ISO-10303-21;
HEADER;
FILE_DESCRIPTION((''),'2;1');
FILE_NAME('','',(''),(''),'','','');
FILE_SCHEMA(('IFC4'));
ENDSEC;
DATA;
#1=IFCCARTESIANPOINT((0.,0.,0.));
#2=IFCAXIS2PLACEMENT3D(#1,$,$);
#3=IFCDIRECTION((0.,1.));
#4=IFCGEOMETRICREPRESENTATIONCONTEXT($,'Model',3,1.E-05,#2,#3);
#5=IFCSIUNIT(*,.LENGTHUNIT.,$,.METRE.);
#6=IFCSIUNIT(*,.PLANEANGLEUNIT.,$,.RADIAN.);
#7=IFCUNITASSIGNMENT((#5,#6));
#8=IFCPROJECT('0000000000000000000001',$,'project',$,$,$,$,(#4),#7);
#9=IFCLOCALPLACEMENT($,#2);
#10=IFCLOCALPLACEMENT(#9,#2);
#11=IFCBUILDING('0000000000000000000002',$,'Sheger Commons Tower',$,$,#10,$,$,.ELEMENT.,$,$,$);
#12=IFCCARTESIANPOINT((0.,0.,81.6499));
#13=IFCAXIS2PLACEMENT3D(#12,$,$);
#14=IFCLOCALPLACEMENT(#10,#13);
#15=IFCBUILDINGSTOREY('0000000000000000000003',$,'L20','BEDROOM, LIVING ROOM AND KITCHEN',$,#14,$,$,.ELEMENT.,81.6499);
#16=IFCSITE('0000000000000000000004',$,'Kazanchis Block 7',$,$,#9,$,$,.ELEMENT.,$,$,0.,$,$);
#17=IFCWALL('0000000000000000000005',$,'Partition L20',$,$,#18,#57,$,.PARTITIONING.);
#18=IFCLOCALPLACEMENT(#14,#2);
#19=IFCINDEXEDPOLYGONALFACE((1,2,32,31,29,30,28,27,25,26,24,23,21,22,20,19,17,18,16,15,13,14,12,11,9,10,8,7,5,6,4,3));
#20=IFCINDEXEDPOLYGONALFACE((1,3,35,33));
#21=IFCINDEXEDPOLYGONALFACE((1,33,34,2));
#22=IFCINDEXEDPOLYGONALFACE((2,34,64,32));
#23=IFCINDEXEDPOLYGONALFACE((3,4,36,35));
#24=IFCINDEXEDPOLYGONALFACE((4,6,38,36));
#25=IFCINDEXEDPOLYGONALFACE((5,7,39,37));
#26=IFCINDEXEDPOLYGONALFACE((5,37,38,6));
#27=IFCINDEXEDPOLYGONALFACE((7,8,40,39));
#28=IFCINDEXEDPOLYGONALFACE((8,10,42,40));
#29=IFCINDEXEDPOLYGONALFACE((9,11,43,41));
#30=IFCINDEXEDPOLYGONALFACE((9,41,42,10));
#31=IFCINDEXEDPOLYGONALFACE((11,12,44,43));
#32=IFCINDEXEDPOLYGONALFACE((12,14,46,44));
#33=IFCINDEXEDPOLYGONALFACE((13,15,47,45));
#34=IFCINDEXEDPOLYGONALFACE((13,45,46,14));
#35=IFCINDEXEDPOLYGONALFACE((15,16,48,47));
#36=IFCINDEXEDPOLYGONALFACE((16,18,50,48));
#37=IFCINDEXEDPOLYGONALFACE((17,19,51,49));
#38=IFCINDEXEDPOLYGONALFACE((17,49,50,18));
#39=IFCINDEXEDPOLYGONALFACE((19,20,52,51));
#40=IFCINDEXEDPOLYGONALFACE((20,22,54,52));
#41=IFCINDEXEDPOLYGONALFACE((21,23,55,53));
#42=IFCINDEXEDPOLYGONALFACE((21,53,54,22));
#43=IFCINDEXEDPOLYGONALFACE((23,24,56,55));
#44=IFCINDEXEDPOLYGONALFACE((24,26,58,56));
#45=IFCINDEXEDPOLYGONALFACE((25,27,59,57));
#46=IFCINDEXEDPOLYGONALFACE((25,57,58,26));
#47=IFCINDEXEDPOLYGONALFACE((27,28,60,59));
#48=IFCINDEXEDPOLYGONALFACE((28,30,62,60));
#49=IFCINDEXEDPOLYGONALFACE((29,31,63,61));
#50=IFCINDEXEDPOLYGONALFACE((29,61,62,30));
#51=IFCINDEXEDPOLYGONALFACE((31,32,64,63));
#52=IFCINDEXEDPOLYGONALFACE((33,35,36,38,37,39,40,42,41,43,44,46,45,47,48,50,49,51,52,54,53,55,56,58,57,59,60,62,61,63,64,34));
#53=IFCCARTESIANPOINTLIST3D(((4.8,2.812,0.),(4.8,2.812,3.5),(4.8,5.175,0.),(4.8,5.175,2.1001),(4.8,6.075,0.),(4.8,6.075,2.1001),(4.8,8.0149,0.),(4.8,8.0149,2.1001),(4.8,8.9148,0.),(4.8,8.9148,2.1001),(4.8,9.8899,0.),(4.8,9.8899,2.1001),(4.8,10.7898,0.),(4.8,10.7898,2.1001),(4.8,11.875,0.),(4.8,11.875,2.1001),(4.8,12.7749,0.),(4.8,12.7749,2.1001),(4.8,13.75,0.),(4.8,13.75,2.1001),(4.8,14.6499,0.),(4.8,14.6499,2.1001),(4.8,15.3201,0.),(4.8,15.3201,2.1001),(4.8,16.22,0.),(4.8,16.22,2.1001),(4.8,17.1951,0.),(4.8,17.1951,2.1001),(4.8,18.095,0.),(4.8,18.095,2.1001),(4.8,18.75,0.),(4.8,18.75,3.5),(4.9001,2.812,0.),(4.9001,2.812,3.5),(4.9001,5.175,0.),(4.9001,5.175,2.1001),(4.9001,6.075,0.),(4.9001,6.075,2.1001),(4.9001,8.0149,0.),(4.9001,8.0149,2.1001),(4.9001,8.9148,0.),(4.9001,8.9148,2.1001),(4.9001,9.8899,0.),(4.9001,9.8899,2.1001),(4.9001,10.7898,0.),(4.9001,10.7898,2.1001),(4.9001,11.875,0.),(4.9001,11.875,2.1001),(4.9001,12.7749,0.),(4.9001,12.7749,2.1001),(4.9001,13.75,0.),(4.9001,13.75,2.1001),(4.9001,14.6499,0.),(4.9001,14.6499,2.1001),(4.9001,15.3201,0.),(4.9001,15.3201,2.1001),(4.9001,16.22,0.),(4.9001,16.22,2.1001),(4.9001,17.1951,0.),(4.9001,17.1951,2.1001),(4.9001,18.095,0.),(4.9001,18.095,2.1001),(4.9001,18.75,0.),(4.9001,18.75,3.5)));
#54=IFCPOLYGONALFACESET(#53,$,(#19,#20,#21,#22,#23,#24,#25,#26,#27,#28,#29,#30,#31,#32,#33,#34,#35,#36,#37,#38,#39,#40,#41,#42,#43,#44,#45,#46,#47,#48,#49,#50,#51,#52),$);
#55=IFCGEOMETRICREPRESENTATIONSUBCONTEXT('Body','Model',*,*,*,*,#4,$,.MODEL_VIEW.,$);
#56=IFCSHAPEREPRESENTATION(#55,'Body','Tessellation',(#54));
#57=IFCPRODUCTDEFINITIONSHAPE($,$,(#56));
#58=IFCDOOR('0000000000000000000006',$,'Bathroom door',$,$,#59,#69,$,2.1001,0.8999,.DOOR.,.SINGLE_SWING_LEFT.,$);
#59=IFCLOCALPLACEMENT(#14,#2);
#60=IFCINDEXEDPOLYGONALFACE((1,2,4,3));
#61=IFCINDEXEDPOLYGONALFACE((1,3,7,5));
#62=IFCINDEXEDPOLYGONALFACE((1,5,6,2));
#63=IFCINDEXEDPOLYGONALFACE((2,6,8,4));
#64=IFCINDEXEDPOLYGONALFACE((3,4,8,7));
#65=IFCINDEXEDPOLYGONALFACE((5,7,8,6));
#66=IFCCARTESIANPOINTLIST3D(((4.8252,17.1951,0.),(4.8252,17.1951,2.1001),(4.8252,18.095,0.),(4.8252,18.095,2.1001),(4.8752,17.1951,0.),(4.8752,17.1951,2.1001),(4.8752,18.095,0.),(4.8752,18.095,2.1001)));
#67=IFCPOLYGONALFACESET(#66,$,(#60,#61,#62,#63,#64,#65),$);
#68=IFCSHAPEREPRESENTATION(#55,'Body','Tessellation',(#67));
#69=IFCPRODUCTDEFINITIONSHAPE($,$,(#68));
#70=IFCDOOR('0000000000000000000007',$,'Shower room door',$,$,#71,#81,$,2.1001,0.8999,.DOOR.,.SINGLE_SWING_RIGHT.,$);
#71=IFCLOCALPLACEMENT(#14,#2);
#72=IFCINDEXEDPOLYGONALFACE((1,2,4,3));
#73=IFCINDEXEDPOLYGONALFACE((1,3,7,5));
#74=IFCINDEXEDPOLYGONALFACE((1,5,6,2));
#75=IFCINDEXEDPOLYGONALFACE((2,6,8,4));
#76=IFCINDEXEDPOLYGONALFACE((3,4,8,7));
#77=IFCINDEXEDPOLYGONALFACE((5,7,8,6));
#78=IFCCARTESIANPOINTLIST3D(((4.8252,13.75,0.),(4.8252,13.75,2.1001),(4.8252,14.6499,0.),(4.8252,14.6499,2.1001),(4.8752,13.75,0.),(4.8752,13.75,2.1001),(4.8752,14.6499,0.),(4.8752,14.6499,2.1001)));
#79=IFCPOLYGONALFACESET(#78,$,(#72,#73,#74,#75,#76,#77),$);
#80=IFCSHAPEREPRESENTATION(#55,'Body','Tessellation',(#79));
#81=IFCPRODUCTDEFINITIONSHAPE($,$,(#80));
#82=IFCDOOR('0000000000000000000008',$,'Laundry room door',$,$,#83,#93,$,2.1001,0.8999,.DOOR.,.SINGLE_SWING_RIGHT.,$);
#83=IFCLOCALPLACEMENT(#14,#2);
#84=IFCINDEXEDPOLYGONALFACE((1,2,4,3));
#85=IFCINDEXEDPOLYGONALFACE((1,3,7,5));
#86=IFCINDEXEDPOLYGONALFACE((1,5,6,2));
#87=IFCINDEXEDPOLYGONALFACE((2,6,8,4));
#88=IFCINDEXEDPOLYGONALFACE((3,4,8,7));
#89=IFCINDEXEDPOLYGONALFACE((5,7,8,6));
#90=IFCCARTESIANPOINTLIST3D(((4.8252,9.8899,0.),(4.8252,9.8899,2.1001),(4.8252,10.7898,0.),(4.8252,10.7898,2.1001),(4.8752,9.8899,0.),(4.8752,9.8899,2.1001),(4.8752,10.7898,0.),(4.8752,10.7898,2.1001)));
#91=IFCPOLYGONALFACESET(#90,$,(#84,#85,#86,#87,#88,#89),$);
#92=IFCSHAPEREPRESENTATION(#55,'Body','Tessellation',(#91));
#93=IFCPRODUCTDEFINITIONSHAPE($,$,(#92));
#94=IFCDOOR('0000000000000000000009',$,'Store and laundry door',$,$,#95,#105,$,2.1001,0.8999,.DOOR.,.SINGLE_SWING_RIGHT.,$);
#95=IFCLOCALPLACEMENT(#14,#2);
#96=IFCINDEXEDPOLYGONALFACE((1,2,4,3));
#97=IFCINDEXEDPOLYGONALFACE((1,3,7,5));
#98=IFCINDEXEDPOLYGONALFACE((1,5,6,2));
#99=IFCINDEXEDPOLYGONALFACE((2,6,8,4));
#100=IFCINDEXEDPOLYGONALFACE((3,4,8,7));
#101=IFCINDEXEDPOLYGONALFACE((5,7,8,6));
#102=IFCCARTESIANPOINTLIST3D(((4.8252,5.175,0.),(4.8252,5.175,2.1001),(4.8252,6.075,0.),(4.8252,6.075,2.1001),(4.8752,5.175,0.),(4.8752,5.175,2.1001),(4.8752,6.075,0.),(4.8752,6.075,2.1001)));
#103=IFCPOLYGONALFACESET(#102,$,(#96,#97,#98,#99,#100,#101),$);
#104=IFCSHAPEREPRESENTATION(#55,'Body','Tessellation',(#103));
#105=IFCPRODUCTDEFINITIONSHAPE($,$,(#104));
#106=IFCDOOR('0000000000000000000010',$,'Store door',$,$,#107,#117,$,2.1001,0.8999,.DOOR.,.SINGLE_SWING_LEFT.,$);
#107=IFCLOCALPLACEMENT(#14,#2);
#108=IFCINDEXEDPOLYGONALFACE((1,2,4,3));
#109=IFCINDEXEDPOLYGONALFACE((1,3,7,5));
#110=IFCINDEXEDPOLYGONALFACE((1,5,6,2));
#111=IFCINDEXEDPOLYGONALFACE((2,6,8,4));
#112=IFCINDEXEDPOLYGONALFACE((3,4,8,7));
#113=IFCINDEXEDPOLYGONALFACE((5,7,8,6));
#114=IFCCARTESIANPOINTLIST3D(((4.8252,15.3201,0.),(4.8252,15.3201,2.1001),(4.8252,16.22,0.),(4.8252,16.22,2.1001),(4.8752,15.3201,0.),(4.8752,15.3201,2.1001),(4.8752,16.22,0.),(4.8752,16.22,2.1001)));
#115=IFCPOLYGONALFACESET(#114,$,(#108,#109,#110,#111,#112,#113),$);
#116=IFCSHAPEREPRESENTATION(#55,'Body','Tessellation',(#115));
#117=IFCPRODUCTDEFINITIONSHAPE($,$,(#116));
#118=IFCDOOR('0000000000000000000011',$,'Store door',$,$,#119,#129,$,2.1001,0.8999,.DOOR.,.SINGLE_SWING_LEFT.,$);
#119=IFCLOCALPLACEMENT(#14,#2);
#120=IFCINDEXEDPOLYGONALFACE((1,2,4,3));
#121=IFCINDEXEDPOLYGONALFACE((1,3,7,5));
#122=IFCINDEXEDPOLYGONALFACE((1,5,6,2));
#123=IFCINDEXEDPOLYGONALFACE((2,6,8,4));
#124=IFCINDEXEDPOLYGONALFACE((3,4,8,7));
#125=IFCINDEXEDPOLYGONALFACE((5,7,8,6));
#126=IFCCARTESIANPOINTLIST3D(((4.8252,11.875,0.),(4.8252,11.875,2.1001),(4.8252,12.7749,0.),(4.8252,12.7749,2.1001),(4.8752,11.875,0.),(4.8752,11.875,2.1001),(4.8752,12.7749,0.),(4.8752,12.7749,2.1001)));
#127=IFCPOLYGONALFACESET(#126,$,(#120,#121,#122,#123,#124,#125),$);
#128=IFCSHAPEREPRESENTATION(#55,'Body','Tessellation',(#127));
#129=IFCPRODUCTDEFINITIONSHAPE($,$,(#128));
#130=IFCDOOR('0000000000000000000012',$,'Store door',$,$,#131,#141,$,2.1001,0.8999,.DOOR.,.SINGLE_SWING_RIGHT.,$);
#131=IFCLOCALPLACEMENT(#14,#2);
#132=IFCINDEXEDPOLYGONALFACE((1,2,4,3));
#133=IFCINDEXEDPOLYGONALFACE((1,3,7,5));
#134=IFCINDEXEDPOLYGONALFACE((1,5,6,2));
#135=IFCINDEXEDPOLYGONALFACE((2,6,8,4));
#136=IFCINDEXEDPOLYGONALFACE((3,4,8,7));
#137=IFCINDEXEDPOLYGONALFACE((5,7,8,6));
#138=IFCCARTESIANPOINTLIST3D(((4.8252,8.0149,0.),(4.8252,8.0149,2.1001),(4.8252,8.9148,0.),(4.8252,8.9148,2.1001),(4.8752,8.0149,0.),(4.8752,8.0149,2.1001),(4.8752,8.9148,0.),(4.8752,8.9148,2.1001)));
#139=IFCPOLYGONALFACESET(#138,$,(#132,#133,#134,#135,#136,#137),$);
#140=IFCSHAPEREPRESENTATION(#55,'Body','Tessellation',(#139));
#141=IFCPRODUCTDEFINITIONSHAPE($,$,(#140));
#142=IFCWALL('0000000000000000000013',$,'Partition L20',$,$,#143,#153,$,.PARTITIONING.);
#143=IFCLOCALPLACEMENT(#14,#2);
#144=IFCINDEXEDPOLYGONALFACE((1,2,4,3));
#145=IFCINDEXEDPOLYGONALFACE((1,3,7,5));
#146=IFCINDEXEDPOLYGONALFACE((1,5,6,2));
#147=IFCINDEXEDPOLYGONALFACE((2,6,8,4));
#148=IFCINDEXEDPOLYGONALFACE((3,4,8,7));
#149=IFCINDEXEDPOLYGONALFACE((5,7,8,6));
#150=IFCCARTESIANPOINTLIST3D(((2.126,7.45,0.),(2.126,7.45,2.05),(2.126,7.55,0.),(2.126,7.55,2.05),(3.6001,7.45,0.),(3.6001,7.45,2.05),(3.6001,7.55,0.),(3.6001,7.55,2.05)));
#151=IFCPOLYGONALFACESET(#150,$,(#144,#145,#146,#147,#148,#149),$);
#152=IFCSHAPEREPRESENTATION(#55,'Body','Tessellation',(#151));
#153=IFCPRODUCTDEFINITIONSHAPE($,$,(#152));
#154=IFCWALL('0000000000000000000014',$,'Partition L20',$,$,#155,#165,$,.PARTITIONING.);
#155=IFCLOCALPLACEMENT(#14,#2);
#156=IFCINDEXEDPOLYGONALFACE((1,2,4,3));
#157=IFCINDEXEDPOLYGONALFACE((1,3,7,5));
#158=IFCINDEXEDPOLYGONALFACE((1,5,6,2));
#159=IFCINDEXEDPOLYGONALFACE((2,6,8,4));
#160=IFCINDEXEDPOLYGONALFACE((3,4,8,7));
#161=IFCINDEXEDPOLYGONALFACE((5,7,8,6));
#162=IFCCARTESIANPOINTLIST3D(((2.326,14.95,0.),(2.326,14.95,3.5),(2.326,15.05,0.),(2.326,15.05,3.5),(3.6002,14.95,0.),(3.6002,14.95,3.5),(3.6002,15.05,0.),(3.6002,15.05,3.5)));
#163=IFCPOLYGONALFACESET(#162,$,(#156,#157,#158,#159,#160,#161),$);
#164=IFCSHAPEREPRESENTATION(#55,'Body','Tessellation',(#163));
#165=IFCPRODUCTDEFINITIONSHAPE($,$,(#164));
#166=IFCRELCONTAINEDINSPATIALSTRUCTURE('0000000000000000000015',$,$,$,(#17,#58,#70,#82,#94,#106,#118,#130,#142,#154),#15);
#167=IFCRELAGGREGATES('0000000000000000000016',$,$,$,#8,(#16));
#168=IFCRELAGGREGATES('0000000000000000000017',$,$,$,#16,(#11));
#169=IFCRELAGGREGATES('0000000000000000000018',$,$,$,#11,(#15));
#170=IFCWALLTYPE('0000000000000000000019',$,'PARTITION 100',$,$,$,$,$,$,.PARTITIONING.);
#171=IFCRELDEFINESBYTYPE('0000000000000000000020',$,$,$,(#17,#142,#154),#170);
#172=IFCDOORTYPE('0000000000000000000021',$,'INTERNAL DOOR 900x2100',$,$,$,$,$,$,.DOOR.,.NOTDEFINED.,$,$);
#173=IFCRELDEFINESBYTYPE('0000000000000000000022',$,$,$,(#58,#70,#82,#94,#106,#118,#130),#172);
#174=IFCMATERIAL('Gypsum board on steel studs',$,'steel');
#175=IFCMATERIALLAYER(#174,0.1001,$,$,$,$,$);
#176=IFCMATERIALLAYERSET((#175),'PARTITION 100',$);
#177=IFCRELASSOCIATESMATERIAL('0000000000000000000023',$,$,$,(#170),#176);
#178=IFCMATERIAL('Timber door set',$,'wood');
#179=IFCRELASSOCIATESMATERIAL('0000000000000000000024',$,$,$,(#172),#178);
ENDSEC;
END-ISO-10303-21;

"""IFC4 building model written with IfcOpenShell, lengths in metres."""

from ifc_helpers import new_model, si_unit, direction, frame, frame_2d, origin, place, context, subcontext, project, spatial, rectangle, extrude, material, layer, layer_set, type_object, element, fill, save


model = new_model("IFC4")

# Units and contexts
model_context = context("Model", 3, precision=1e-05, world=origin(), true_north=direction((0.0, 1.0)))
body_context = subcontext(model_context, "Body", "Model", "MODEL_VIEW")
ifc_project = project(units=[si_unit("LENGTHUNIT", "METRE"), si_unit("PLANEANGLEUNIT", "RADIAN")], contexts=[model_context])

# Site, building, storey
site_placement = place(None, origin())
site = spatial("IfcSite", under=ifc_project, at=site_placement, Name="Kazanchis Block 7", CompositionType="ELEMENT", RefElevation=0.0)
building_placement = place(site_placement, origin())
building = spatial("IfcBuilding", under=site, at=building_placement, Name="Sheger Commons Tower", CompositionType="ELEMENT")
storey_placement = place(building_placement, frame((0.0, 0.0, 81.6499)))
storey = spatial("IfcBuildingStorey", under=building, at=storey_placement, Name="L20", Description="BEDROOM, LIVING ROOM AND KITCHEN", CompositionType="ELEMENT", Elevation=81.6499)

# Wall, openings, doors
ifc_material_1 = material(Name="Gypsum board on steel studs", Category="steel")
ifc_layer = layer(ifc_material_1, 0.1001)
ifc_layer_set = layer_set([ifc_layer], Name="PARTITION 100")
wall_type = type_object("IfcWallType", Name="PARTITION 100", PredefinedType="PARTITIONING", material=ifc_layer_set)
ifc_material_2 = material(Name="Timber door set", Category="wood")
door_type = type_object("IfcDoorType", Name="INTERNAL DOOR 900x2100", OperationType="NOTDEFINED", PredefinedType="DOOR", material=ifc_material_2)
wall_1_placement = place(storey_placement, frame((4.8501, 2.812, 0.0), z_axis=(0.0, 0.0, 1.0), x_axis=(0.0, 1.0, 0.0)))
wall_1 = element("IfcWall", 1, at=wall_1_placement, inside=storey, type_object=wall_type, Name="Partition L20", PredefinedType="PARTITIONING", context=body_context, shape_type="SweptSolid", body=[
    extrude(rectangle(XDim=15.938, YDim=0.1001, at=frame_2d((7.969, 0.0))), origin(), (0.0, 0.0, 1.0), 3.5),
])
opening_1_placement = place(wall_1_placement, frame((14.3831, 0.0, 0.0)))
opening_1 = element("IfcOpeningElement", 2, at=opening_1_placement, cuts=wall_1, PredefinedType="OPENING", context=body_context, shape_type="SweptSolid", body=[
    extrude(rectangle(XDim=0.8999, YDim=2.1001, at=frame_2d((0.45, 1.05))), frame((0.0, 0.0601, 0.0), z_axis=(0.0, -1.0, 0.0), x_axis=(1.0, 0.0, 0.0)), (0.0, 0.0, 1.0), 0.1201),
])
opening_2_placement = place(wall_1_placement, frame((10.938, 0.0, 0.0)))
opening_2 = element("IfcOpeningElement", 3, at=opening_2_placement, cuts=wall_1, PredefinedType="OPENING", context=body_context, shape_type="SweptSolid", body=[
    extrude(rectangle(XDim=0.8999, YDim=2.1001, at=frame_2d((0.45, 1.05))), frame((0.0, 0.0601, 0.0), z_axis=(0.0, -1.0, 0.0), x_axis=(1.0, 0.0, 0.0)), (0.0, 0.0, 1.0), 0.1201),
])
opening_3_placement = place(wall_1_placement, frame((7.0779, 0.0, 0.0)))
opening_3 = element("IfcOpeningElement", 4, at=opening_3_placement, cuts=wall_1, PredefinedType="OPENING", context=body_context, shape_type="SweptSolid", body=[
    extrude(rectangle(XDim=0.8999, YDim=2.1001, at=frame_2d((0.45, 1.05))), frame((0.0, 0.0601, 0.0), z_axis=(0.0, -1.0, 0.0), x_axis=(1.0, 0.0, 0.0)), (0.0, 0.0, 1.0), 0.1201),
])
opening_4_placement = place(wall_1_placement, frame((2.363, 0.0, 0.0)))
opening_4 = element("IfcOpeningElement", 5, at=opening_4_placement, cuts=wall_1, PredefinedType="OPENING", context=body_context, shape_type="SweptSolid", body=[
    extrude(rectangle(XDim=0.8999, YDim=2.1001, at=frame_2d((0.45, 1.05))), frame((0.0, 0.0601, 0.0), z_axis=(0.0, -1.0, 0.0), x_axis=(1.0, 0.0, 0.0)), (0.0, 0.0, 1.0), 0.1201),
])
opening_5_placement = place(wall_1_placement, frame((12.5081, 0.0, 0.0)))
opening_5 = element("IfcOpeningElement", 6, at=opening_5_placement, cuts=wall_1, PredefinedType="OPENING", context=body_context, shape_type="SweptSolid", body=[
    extrude(rectangle(XDim=0.8999, YDim=2.1001, at=frame_2d((0.45, 1.05))), frame((0.0, 0.0601, 0.0), z_axis=(0.0, -1.0, 0.0), x_axis=(1.0, 0.0, 0.0)), (0.0, 0.0, 1.0), 0.1201),
])
opening_6_placement = place(wall_1_placement, frame((9.063, 0.0, 0.0)))
opening_6 = element("IfcOpeningElement", 7, at=opening_6_placement, cuts=wall_1, PredefinedType="OPENING", context=body_context, shape_type="SweptSolid", body=[
    extrude(rectangle(XDim=0.8999, YDim=2.1001, at=frame_2d((0.45, 1.05))), frame((0.0, 0.0601, 0.0), z_axis=(0.0, -1.0, 0.0), x_axis=(1.0, 0.0, 0.0)), (0.0, 0.0, 1.0), 0.1201),
])
opening_7_placement = place(wall_1_placement, frame((5.2029, 0.0, 0.0)))
opening_7 = element("IfcOpeningElement", 8, at=opening_7_placement, cuts=wall_1, PredefinedType="OPENING", context=body_context, shape_type="SweptSolid", body=[
    extrude(rectangle(XDim=0.8999, YDim=2.1001, at=frame_2d((0.45, 1.05))), frame((0.0, 0.0601, 0.0), z_axis=(0.0, -1.0, 0.0), x_axis=(1.0, 0.0, 0.0)), (0.0, 0.0, 1.0), 0.1201),
])
door_1_placement = place(opening_1_placement, origin())
door_1 = element("IfcDoor", 9, at=door_1_placement, inside=storey, type_object=door_type, Name="Bathroom door", OperationType="SINGLE_SWING_LEFT", OverallHeight=2.1001, OverallWidth=0.8999, PredefinedType="DOOR", context=body_context, shape_type="SweptSolid", body=[
    extrude(rectangle(XDim=0.8999, YDim=2.1001, at=frame_2d((0.45, 1.05))), frame((0.0, 0.0249, 0.0), z_axis=(0.0, -1.0, 0.0), x_axis=(1.0, 0.0, 0.0)), (0.0, 0.0, 1.0), 0.05),
])
fill(opening_1, door_1)
door_2_placement = place(opening_2_placement, origin())
door_2 = element("IfcDoor", 10, at=door_2_placement, inside=storey, type_object=door_type, Name="Shower room door", OperationType="SINGLE_SWING_RIGHT", OverallHeight=2.1001, OverallWidth=0.8999, PredefinedType="DOOR", context=body_context, shape_type="SweptSolid", body=[
    extrude(rectangle(XDim=0.8999, YDim=2.1001, at=frame_2d((0.45, 1.05))), frame((0.0, 0.0249, 0.0), z_axis=(0.0, -1.0, 0.0), x_axis=(1.0, 0.0, 0.0)), (0.0, 0.0, 1.0), 0.05),
])
fill(opening_2, door_2)
door_3_placement = place(opening_3_placement, origin())
door_3 = element("IfcDoor", 11, at=door_3_placement, inside=storey, type_object=door_type, Name="Laundry room door", OperationType="SINGLE_SWING_RIGHT", OverallHeight=2.1001, OverallWidth=0.8999, PredefinedType="DOOR", context=body_context, shape_type="SweptSolid", body=[
    extrude(rectangle(XDim=0.8999, YDim=2.1001, at=frame_2d((0.45, 1.05))), frame((0.0, 0.0249, 0.0), z_axis=(0.0, -1.0, 0.0), x_axis=(1.0, 0.0, 0.0)), (0.0, 0.0, 1.0), 0.05),
])
fill(opening_3, door_3)
door_4_placement = place(opening_4_placement, origin())
door_4 = element("IfcDoor", 12, at=door_4_placement, inside=storey, type_object=door_type, Name="Store and laundry door", OperationType="SINGLE_SWING_RIGHT", OverallHeight=2.1001, OverallWidth=0.8999, PredefinedType="DOOR", context=body_context, shape_type="SweptSolid", body=[
    extrude(rectangle(XDim=0.8999, YDim=2.1001, at=frame_2d((0.45, 1.05))), frame((0.0, 0.0249, 0.0), z_axis=(0.0, -1.0, 0.0), x_axis=(1.0, 0.0, 0.0)), (0.0, 0.0, 1.0), 0.05),
])
fill(opening_4, door_4)
door_5_placement = place(opening_5_placement, origin())
door_5 = element("IfcDoor", 13, at=door_5_placement, inside=storey, type_object=door_type, Name="Store door", OperationType="SINGLE_SWING_LEFT", OverallHeight=2.1001, OverallWidth=0.8999, PredefinedType="DOOR", context=body_context, shape_type="SweptSolid", body=[
    extrude(rectangle(XDim=0.8999, YDim=2.1001, at=frame_2d((0.45, 1.05))), frame((0.0, 0.0249, 0.0), z_axis=(0.0, -1.0, 0.0), x_axis=(1.0, 0.0, 0.0)), (0.0, 0.0, 1.0), 0.05),
])
fill(opening_5, door_5)
door_6_placement = place(opening_6_placement, origin())
door_6 = element("IfcDoor", 14, at=door_6_placement, inside=storey, type_object=door_type, Name="Store door", OperationType="SINGLE_SWING_LEFT", OverallHeight=2.1001, OverallWidth=0.8999, PredefinedType="DOOR", context=body_context, shape_type="SweptSolid", body=[
    extrude(rectangle(XDim=0.8999, YDim=2.1001, at=frame_2d((0.45, 1.05))), frame((0.0, 0.0249, 0.0), z_axis=(0.0, -1.0, 0.0), x_axis=(1.0, 0.0, 0.0)), (0.0, 0.0, 1.0), 0.05),
])
fill(opening_6, door_6)
door_7_placement = place(opening_7_placement, origin())
door_7 = element("IfcDoor", 15, at=door_7_placement, inside=storey, type_object=door_type, Name="Store door", OperationType="SINGLE_SWING_RIGHT", OverallHeight=2.1001, OverallWidth=0.8999, PredefinedType="DOOR", context=body_context, shape_type="SweptSolid", body=[
    extrude(rectangle(XDim=0.8999, YDim=2.1001, at=frame_2d((0.45, 1.05))), frame((0.0, 0.0249, 0.0), z_axis=(0.0, -1.0, 0.0), x_axis=(1.0, 0.0, 0.0)), (0.0, 0.0, 1.0), 0.05),
])
fill(opening_7, door_7)

# Walls
wall_2_placement = place(storey_placement, frame((2.126, 7.5, 0.0), z_axis=(0.0, 0.0, 1.0), x_axis=(1.0, 0.0, 0.0)))
element("IfcWall", 16, at=wall_2_placement, inside=storey, type_object=wall_type, Name="Partition L20", PredefinedType="PARTITIONING", context=body_context, shape_type="SweptSolid", body=[
    extrude(rectangle(XDim=1.4741, YDim=0.1001, at=frame_2d((0.7371, 0.0))), origin(), (0.0, 0.0, 1.0), 2.05),
])
wall_3_placement = place(storey_placement, frame((2.3259, 15.0, 0.0), z_axis=(0.0, 0.0, 1.0), x_axis=(1.0, 0.0, 0.0)))
element("IfcWall", 17, at=wall_3_placement, inside=storey, type_object=wall_type, Name="Partition L20", PredefinedType="PARTITIONING", context=body_context, shape_type="SweptSolid", body=[
    extrude(rectangle(XDim=1.2742, YDim=0.1001, at=frame_2d((0.6372, 0.0))), origin(), (0.0, 0.0, 1.0), 3.5),
])

save(model, "model.ifc")
